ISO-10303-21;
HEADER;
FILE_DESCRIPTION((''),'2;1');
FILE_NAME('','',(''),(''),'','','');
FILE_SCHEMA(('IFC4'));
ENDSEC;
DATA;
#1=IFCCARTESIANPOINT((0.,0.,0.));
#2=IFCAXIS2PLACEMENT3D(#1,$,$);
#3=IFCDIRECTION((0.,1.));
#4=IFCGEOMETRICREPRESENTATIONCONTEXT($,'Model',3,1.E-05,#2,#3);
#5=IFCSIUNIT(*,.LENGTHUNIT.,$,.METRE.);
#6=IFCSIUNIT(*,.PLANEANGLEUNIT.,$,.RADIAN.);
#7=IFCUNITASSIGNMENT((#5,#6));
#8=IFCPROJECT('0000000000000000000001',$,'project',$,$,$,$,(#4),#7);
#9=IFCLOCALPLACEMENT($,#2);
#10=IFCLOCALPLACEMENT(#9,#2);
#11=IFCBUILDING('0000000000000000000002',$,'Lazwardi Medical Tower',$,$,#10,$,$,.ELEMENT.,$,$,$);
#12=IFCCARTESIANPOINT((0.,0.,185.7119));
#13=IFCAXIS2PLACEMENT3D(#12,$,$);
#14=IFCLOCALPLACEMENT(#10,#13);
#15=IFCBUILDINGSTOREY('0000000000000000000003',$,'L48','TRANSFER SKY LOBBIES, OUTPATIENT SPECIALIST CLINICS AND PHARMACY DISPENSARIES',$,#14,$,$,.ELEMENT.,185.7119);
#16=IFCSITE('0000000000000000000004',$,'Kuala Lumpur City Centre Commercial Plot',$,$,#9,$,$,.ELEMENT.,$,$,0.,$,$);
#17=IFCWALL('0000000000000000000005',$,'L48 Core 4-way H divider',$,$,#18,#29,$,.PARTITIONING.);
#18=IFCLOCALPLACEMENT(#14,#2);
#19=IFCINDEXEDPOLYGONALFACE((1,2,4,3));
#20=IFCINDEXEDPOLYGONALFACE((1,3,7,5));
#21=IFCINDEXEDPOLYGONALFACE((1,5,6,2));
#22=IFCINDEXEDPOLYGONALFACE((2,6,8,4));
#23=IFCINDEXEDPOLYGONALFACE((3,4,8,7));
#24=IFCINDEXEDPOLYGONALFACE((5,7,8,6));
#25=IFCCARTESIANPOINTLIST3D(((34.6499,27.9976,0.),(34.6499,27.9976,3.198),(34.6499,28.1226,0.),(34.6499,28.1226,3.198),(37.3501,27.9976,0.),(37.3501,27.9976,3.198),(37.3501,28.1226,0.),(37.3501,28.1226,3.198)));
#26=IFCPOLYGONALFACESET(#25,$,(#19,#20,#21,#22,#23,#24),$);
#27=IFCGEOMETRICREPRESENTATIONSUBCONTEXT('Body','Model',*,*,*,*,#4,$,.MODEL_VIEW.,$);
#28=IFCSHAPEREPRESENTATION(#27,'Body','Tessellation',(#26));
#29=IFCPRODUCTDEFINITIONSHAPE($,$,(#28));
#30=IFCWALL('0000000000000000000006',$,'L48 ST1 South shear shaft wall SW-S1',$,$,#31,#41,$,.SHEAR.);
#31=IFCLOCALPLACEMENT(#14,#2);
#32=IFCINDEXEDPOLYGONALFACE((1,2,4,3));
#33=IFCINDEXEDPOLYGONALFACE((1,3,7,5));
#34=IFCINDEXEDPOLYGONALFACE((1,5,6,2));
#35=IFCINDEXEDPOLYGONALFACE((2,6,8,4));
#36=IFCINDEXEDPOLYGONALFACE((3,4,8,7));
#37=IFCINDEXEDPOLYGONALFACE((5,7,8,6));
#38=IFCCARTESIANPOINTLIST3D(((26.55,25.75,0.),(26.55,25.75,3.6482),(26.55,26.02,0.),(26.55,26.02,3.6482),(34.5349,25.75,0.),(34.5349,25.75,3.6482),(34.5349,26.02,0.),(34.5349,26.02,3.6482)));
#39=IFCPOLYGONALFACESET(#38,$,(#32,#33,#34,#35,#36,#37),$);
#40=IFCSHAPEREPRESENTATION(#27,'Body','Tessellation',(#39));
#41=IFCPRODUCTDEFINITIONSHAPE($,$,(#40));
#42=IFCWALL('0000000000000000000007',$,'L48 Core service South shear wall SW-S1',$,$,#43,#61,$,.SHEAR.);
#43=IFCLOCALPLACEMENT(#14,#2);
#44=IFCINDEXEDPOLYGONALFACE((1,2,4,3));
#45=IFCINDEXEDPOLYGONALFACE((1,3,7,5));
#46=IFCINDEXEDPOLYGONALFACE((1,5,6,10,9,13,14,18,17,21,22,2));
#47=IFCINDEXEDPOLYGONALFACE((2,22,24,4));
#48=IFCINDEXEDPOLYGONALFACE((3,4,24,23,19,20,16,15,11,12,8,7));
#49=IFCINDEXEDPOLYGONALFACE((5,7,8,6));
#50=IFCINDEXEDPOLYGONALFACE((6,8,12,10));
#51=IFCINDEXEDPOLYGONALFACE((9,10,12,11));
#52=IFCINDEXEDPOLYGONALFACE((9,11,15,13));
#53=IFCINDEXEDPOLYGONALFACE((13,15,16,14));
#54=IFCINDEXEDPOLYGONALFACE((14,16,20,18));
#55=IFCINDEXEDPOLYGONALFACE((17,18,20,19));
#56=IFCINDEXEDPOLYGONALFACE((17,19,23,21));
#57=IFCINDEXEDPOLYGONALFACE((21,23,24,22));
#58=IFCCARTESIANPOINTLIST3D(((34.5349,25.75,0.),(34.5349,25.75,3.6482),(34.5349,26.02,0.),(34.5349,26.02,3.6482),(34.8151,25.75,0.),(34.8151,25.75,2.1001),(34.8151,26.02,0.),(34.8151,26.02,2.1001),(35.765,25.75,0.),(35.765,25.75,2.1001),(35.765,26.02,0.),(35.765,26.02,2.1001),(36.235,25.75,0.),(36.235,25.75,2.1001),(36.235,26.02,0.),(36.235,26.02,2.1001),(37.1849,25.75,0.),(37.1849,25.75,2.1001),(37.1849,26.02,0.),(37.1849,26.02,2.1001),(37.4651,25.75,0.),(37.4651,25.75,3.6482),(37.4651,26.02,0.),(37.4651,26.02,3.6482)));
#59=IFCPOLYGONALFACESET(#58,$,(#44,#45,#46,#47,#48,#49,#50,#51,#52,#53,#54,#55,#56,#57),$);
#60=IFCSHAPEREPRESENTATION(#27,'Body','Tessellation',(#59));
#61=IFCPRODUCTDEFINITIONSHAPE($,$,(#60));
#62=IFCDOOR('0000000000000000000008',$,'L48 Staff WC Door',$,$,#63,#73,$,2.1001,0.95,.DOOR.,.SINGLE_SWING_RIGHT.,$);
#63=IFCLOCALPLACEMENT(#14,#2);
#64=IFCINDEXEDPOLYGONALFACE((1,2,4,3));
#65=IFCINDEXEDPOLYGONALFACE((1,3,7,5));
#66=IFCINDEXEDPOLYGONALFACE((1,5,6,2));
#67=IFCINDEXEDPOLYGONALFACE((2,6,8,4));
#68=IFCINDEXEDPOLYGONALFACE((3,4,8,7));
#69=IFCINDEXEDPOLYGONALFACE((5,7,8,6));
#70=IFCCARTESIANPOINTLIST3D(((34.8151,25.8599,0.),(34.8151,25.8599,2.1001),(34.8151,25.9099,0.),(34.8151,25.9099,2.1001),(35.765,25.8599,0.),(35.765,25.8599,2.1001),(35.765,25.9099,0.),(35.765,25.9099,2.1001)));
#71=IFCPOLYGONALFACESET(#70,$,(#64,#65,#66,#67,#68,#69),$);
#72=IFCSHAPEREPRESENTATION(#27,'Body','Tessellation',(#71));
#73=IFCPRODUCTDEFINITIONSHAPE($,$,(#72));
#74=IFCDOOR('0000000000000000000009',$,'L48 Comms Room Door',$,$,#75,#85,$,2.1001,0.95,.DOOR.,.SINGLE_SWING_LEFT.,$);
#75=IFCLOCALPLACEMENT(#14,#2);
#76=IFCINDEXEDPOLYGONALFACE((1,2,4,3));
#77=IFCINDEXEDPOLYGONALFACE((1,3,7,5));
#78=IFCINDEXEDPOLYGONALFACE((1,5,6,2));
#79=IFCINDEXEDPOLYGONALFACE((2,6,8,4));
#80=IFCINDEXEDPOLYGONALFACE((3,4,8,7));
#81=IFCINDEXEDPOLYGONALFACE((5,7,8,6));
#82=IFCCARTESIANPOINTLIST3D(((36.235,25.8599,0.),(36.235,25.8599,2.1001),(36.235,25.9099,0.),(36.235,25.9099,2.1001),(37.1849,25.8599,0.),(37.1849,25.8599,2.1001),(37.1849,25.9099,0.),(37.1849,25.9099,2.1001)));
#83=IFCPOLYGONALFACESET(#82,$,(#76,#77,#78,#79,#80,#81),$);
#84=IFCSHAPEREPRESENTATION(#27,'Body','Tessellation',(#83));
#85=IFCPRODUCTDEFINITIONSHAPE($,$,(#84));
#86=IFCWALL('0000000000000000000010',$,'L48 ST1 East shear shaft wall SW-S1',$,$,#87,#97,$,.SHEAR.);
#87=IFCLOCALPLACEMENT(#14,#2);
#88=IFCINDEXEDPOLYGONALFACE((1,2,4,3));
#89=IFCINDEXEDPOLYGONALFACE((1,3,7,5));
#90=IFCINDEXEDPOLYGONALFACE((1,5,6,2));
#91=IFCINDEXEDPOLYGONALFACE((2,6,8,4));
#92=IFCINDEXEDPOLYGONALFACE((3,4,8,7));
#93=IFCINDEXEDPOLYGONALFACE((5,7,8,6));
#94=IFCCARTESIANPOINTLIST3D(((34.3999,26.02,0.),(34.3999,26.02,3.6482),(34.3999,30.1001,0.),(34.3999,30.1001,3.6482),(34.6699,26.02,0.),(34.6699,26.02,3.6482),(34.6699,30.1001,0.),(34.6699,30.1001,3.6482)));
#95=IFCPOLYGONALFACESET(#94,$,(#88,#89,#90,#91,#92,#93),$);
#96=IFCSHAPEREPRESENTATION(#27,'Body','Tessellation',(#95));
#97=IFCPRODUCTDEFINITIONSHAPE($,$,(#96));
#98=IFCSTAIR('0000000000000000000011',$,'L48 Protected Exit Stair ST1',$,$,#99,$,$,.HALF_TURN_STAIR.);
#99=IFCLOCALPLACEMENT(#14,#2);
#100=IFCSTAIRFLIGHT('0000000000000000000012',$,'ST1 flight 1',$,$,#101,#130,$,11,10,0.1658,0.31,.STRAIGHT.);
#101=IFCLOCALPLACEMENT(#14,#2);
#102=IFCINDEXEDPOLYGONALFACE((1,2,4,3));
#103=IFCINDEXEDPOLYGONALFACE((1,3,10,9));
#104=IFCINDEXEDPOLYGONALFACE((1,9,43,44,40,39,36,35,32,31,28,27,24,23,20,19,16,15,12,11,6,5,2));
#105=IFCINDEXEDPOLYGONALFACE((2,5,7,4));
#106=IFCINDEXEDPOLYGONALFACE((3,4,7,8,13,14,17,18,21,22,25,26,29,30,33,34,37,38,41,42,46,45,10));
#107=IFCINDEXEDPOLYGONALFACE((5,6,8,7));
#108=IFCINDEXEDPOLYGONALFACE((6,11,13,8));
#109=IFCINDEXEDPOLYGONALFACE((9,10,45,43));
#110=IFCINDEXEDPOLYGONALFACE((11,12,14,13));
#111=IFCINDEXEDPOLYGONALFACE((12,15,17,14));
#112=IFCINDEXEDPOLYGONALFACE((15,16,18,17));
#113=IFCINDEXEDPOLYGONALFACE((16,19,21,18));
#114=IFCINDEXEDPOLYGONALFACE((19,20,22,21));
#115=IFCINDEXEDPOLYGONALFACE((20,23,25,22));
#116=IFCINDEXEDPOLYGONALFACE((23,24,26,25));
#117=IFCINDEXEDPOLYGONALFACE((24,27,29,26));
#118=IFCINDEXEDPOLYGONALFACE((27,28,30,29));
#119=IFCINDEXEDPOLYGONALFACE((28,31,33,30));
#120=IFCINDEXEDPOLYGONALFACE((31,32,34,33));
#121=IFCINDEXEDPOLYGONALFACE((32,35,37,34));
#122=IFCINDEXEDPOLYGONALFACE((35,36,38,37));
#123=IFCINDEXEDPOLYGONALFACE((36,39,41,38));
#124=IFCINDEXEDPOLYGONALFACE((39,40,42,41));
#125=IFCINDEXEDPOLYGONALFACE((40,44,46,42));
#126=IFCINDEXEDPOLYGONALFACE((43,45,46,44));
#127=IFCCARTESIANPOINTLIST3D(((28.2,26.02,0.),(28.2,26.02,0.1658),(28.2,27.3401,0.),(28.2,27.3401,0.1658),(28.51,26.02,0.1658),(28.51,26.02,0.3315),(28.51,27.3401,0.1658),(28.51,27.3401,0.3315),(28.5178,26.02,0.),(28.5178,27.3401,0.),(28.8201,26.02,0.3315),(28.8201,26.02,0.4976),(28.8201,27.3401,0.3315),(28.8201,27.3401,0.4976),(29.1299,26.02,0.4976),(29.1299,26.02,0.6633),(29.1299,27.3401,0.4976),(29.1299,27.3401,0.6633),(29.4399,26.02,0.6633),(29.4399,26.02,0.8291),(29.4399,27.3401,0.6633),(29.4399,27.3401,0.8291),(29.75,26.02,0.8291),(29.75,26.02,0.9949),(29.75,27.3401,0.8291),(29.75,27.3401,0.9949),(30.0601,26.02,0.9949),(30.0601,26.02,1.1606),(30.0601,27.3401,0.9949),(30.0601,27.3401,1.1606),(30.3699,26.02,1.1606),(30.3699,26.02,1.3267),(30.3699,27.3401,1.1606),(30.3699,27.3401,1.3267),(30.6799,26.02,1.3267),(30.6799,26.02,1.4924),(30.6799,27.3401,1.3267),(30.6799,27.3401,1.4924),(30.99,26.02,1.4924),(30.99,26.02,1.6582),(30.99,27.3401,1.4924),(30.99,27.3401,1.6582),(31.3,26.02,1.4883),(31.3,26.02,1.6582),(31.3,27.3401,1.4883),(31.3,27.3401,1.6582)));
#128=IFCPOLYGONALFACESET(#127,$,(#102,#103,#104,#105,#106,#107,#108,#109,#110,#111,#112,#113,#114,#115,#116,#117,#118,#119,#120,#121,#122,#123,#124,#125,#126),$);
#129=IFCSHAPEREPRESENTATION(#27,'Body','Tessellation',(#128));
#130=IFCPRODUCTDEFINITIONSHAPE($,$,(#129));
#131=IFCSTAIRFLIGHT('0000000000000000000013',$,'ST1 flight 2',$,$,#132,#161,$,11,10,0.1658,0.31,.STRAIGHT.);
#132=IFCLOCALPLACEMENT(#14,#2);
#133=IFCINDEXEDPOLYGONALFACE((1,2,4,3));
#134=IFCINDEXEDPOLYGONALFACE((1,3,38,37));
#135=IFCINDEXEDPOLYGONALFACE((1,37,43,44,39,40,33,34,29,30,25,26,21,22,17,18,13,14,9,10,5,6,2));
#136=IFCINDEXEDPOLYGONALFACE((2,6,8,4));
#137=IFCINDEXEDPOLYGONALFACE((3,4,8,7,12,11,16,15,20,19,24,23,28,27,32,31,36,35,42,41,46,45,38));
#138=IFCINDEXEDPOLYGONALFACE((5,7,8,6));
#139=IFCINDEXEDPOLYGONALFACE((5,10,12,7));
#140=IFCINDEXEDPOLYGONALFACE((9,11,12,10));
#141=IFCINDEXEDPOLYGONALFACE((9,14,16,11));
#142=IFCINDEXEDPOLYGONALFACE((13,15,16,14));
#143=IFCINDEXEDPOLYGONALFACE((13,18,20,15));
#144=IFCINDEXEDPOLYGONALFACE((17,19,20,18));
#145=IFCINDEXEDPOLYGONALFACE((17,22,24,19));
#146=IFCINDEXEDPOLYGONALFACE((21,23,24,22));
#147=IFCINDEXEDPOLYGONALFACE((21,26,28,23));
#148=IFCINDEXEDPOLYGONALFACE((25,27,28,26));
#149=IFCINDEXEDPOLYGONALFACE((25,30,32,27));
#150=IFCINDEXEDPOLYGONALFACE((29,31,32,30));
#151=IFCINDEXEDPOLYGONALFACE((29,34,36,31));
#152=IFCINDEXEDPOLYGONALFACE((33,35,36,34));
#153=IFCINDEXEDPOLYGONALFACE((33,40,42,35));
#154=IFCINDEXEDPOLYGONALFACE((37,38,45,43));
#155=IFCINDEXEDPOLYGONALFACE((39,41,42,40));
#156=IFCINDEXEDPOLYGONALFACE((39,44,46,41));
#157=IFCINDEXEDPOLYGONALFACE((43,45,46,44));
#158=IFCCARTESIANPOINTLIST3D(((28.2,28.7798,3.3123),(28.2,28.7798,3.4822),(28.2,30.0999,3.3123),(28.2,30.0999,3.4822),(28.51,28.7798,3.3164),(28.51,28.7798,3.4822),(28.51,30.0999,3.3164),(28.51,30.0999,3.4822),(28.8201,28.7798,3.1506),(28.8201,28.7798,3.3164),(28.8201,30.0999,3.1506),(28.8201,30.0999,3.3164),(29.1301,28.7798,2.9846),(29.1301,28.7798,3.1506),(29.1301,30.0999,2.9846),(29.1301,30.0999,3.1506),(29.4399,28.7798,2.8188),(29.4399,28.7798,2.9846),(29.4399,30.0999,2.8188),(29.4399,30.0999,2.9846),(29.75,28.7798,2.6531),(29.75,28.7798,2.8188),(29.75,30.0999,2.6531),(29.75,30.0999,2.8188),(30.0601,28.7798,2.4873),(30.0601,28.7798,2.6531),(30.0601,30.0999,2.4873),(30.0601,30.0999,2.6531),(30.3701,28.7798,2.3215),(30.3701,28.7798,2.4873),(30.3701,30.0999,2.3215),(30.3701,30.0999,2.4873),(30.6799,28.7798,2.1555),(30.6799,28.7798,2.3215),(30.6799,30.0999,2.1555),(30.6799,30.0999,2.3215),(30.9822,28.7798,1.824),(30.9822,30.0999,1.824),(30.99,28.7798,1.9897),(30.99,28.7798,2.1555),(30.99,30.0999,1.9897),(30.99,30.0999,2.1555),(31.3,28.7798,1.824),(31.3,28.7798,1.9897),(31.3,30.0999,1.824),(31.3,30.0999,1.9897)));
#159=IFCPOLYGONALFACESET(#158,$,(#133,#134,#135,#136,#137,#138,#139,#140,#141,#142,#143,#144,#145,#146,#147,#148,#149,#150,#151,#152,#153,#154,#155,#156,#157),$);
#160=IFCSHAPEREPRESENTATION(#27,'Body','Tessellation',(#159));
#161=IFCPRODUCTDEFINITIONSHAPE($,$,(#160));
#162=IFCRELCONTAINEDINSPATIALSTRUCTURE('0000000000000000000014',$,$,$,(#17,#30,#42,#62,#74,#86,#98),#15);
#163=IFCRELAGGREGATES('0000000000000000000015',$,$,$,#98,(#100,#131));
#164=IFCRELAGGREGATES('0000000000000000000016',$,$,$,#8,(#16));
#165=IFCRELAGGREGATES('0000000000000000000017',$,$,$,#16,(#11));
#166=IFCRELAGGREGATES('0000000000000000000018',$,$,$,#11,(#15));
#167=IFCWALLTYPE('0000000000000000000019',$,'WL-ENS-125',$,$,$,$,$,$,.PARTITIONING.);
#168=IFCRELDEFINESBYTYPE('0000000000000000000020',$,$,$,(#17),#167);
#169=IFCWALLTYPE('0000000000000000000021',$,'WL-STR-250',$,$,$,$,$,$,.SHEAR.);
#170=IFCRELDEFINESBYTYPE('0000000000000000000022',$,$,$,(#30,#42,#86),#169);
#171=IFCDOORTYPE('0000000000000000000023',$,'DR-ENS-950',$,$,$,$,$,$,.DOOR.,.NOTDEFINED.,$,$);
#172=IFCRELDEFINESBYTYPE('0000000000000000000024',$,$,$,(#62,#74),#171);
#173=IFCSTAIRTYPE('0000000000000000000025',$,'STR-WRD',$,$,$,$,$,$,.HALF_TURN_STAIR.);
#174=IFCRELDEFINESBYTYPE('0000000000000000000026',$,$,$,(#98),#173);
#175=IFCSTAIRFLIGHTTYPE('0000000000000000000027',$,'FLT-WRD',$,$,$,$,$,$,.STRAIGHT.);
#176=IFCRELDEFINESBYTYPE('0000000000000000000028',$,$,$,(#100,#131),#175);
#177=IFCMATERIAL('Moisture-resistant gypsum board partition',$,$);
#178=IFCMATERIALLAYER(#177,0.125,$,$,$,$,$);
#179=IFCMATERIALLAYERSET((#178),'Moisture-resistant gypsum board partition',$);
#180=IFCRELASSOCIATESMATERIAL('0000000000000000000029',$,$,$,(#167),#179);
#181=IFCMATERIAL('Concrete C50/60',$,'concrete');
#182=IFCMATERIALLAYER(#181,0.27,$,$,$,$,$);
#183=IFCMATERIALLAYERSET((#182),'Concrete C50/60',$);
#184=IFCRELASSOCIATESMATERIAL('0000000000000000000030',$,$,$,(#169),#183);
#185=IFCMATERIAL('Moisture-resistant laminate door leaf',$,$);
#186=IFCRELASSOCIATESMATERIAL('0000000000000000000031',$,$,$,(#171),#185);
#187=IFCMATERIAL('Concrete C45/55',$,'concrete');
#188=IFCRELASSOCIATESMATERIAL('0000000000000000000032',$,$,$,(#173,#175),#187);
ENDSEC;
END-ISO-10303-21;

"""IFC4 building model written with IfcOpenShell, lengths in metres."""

from ifc_helpers import new_model, si_unit, direction, frame, frame_2d, origin, place, context, subcontext, project, spatial, polyline, rectangle, outline, extrude, material, layer, layer_set, type_object, element, fill, aggregate, save


model = new_model("IFC4")

# Units and contexts
model_context = context("Model", 3, precision=1e-05, world=origin(), true_north=direction((0.0, 1.0)))
body_context = subcontext(model_context, "Body", "Model", "MODEL_VIEW")
ifc_project = project(units=[si_unit("LENGTHUNIT", "METRE"), si_unit("PLANEANGLEUNIT", "RADIAN")], contexts=[model_context])

# Site, building, storey
site_placement = place(None, origin())
site = spatial("IfcSite", under=ifc_project, at=site_placement, Name="Kuala Lumpur City Centre Commercial Plot", CompositionType="ELEMENT", RefElevation=0.0)
building_placement = place(site_placement, origin())
building = spatial("IfcBuilding", under=site, at=building_placement, Name="Lazwardi Medical Tower", CompositionType="ELEMENT")
storey_placement = place(building_placement, frame((0.0, 0.0, 185.7119)))
storey = spatial("IfcBuildingStorey", under=building, at=storey_placement, Name="L48", Description="TRANSFER SKY LOBBIES, OUTPATIENT SPECIALIST CLINICS AND PHARMACY DISPENSARIES", CompositionType="ELEMENT", Elevation=185.7119)

# Walls
ifc_material_1 = material(Name="Moisture-resistant gypsum board partition")
ifc_layer_1 = layer(ifc_material_1, 0.125)
ifc_layer_set_1 = layer_set([ifc_layer_1], Name="Moisture-resistant gypsum board partition")
wall_type_1 = type_object("IfcWallType", Name="WL-ENS-125", PredefinedType="PARTITIONING", material=ifc_layer_set_1)
wall_1_placement = place(storey_placement, frame((34.6499, 28.0601, 0.0), z_axis=(0.0, 0.0, 1.0), x_axis=(1.0, 0.0, 0.0)))
element("IfcWall", 1, at=wall_1_placement, inside=storey, type_object=wall_type_1, Name="L48 Core 4-way H divider", PredefinedType="PARTITIONING", context=body_context, shape_type="SweptSolid", body=[
    extrude(rectangle(XDim=2.7002, YDim=0.125, at=frame_2d((1.3501, 0.0))), origin(), (0.0, 0.0, 1.0), 3.198),
])
ifc_material_2 = material(Name="Concrete C50/60", Category="concrete")
ifc_layer_2 = layer(ifc_material_2, 0.27)
ifc_layer_set_2 = layer_set([ifc_layer_2], Name="Concrete C50/60")
wall_type_2 = type_object("IfcWallType", Name="WL-STR-250", PredefinedType="SHEAR", material=ifc_layer_set_2)
wall_2_placement = place(storey_placement, frame((26.55, 25.885, 0.0), z_axis=(0.0, 0.0, 1.0), x_axis=(1.0, 0.0, 0.0)))
element("IfcWall", 2, at=wall_2_placement, inside=storey, type_object=wall_type_2, Name="L48 ST1 South shear shaft wall SW-S1", PredefinedType="SHEAR", context=body_context, shape_type="SweptSolid", body=[
    extrude(rectangle(XDim=7.9849, YDim=0.27, at=frame_2d((3.9924, 0.0))), origin(), (0.0, 0.0, 1.0), 3.6482),
])

# Wall, openings, doors
wall_3_placement = place(storey_placement, frame((34.5349, 25.885, 0.0), z_axis=(0.0, 0.0, 1.0), x_axis=(1.0, 0.0, 0.0)))
wall_3 = element("IfcWall", 3, at=wall_3_placement, inside=storey, type_object=wall_type_2, Name="L48 Core service South shear wall SW-S1", PredefinedType="SHEAR", context=body_context, shape_type="SweptSolid", body=[
    extrude(rectangle(XDim=2.9302, YDim=0.27, at=frame_2d((1.4651, 0.0))), origin(), (0.0, 0.0, 1.0), 3.6482),
])
opening_1_placement = place(wall_3_placement, frame((0.28, 0.0, 0.0)))
opening_1 = element("IfcOpeningElement", 4, at=opening_1_placement, cuts=wall_3, PredefinedType="OPENING", context=body_context, shape_type="SweptSolid", body=[
    extrude(rectangle(XDim=0.95, YDim=2.1001, at=frame_2d((0.4751, 1.05))), frame((0.0, 0.145, 0.0), z_axis=(0.0, -1.0, 0.0), x_axis=(1.0, 0.0, 0.0)), (0.0, 0.0, 1.0), 0.29),
])
opening_2_placement = place(wall_3_placement, frame((1.7, 0.0, 0.0)))
opening_2 = element("IfcOpeningElement", 5, at=opening_2_placement, cuts=wall_3, PredefinedType="OPENING", context=body_context, shape_type="SweptSolid", body=[
    extrude(rectangle(XDim=0.95, YDim=2.1001, at=frame_2d((0.4751, 1.05))), frame((0.0, 0.145, 0.0), z_axis=(0.0, -1.0, 0.0), x_axis=(1.0, 0.0, 0.0)), (0.0, 0.0, 1.0), 0.29),
])
ifc_material_3 = material(Name="Moisture-resistant laminate door leaf")
door_type = type_object("IfcDoorType", Name="DR-ENS-950", OperationType="NOTDEFINED", PredefinedType="DOOR", material=ifc_material_3)
door_1_placement = place(opening_1_placement, origin())
door_1 = element("IfcDoor", 6, at=door_1_placement, inside=storey, type_object=door_type, Name="L48 Staff WC Door", OperationType="SINGLE_SWING_RIGHT", OverallHeight=2.1001, OverallWidth=0.95, PredefinedType="DOOR", context=body_context, shape_type="SweptSolid", body=[
    extrude(rectangle(XDim=0.95, YDim=2.1001, at=frame_2d((0.4751, 1.05))), frame((0.0, 0.0249, 0.0), z_axis=(0.0, -1.0, 0.0), x_axis=(1.0, 0.0, 0.0)), (0.0, 0.0, 1.0), 0.05),
])
fill(opening_1, door_1)
door_2_placement = place(opening_2_placement, origin())
door_2 = element("IfcDoor", 7, at=door_2_placement, inside=storey, type_object=door_type, Name="L48 Comms Room Door", OperationType="SINGLE_SWING_LEFT", OverallHeight=2.1001, OverallWidth=0.95, PredefinedType="DOOR", context=body_context, shape_type="SweptSolid", body=[
    extrude(rectangle(XDim=0.95, YDim=2.1001, at=frame_2d((0.4751, 1.05))), frame((0.0, 0.0249, 0.0), z_axis=(0.0, -1.0, 0.0), x_axis=(1.0, 0.0, 0.0)), (0.0, 0.0, 1.0), 0.05),
])
fill(opening_2, door_2)

# Wall
wall_4_placement = place(storey_placement, frame((34.5349, 26.02, 0.0), z_axis=(0.0, 0.0, 1.0), x_axis=(0.0, 1.0, 0.0)))
element("IfcWall", 8, at=wall_4_placement, inside=storey, type_object=wall_type_2, Name="L48 ST1 East shear shaft wall SW-S1", PredefinedType="SHEAR", context=body_context, shape_type="SweptSolid", body=[
    extrude(rectangle(XDim=4.0801, YDim=0.27, at=frame_2d((2.04, 0.0))), origin(), (0.0, 0.0, 1.0), 3.6482),
])

# Stair, stair flights
ifc_material_4 = material(Name="Concrete C45/55", Category="concrete")
stair_type = type_object("IfcStairType", Name="STR-WRD", PredefinedType="HALF_TURN_STAIR", material=ifc_material_4)
stair_placement = place(storey_placement, origin())
stair = element("IfcStair", 9, at=stair_placement, inside=storey, type_object=stair_type, Name="L48 Protected Exit Stair ST1", PredefinedType="HALF_TURN_STAIR")
stair_flight_type = type_object("IfcStairFlightType", Name="FLT-WRD", PredefinedType="STRAIGHT", material=ifc_material_4)
stair_flight_1_placement = place(storey_placement, frame((28.2, 26.6799, 0.0), z_axis=(0.0, 0.0, 1.0), x_axis=(1.0, 0.0, 0.0)))
stair_flight_1 = element("IfcStairFlight", 10, at=stair_flight_1_placement, type_object=stair_flight_type, Name="ST1 flight 1", NumberOfRisers=11, NumberOfTreads=10, PredefinedType="STRAIGHT", RiserHeight=0.1658, TreadLength=0.31, context=body_context, shape_type="SweptSolid", body=[
    extrude(outline(polyline([(0.0, 0.0), (0.0, 0.1658), (0.3101, 0.1658), (0.3101, 0.3315), (0.6201, 0.3315), (0.6201, 0.4976), (0.9299, 0.4976), (0.9299, 0.6633), (1.24, 0.6633), (1.24, 0.8291), (1.55, 0.8291), (1.55, 0.9949), (1.8601, 0.9949), (1.8601, 1.1606), (2.1699, 1.1606), (2.1699, 1.3267), (2.48, 1.3267), (2.48, 1.4924), (2.79, 1.4924), (2.79, 1.6582), (3.1001, 1.6582), (3.1001, 1.824), (3.1001, 1.4883), (0.3179, 0.0), (0.0, 0.0)])), frame((0.0, 0.6602, 0.0), z_axis=(0.0, -1.0, 0.0), x_axis=(1.0, 0.0, 0.0)), (0.0, 0.0, 1.0), 1.3201),
])
stair_flight_2_placement = place(storey_placement, frame((31.3, 29.4399, 1.824), z_axis=(0.0, 0.0, 1.0), x_axis=(-1.0, 0.0, 0.0)))
stair_flight_2 = element("IfcStairFlight", 11, at=stair_flight_2_placement, type_object=stair_flight_type, Name="ST1 flight 2", NumberOfRisers=11, NumberOfTreads=10, PredefinedType="STRAIGHT", RiserHeight=0.1658, TreadLength=0.31, context=body_context, shape_type="SweptSolid", body=[
    extrude(outline(polyline([(0.0, 0.0), (0.0, 0.1658), (0.3101, 0.1658), (0.3101, 0.3315), (0.6201, 0.3315), (0.6201, 0.4976), (0.9299, 0.4976), (0.9299, 0.6633), (1.24, 0.6633), (1.24, 0.8291), (1.55, 0.8291), (1.55, 0.9949), (1.8601, 0.9949), (1.8601, 1.1606), (2.1699, 1.1606), (2.1699, 1.3267), (2.48, 1.3267), (2.48, 1.4924), (2.79, 1.4924), (2.79, 1.6582), (3.1001, 1.6582), (3.1001, 1.824), (3.1001, 1.4883), (0.3179, 0.0), (0.0, 0.0)])), frame((0.0, 0.6602, 0.0), z_axis=(0.0, -1.0, 0.0), x_axis=(1.0, 0.0, 0.0)), (0.0, 0.0, 1.0), 1.3201),
])
aggregate(stair, [stair_flight_1, stair_flight_2])

save(model, "model.ifc")
